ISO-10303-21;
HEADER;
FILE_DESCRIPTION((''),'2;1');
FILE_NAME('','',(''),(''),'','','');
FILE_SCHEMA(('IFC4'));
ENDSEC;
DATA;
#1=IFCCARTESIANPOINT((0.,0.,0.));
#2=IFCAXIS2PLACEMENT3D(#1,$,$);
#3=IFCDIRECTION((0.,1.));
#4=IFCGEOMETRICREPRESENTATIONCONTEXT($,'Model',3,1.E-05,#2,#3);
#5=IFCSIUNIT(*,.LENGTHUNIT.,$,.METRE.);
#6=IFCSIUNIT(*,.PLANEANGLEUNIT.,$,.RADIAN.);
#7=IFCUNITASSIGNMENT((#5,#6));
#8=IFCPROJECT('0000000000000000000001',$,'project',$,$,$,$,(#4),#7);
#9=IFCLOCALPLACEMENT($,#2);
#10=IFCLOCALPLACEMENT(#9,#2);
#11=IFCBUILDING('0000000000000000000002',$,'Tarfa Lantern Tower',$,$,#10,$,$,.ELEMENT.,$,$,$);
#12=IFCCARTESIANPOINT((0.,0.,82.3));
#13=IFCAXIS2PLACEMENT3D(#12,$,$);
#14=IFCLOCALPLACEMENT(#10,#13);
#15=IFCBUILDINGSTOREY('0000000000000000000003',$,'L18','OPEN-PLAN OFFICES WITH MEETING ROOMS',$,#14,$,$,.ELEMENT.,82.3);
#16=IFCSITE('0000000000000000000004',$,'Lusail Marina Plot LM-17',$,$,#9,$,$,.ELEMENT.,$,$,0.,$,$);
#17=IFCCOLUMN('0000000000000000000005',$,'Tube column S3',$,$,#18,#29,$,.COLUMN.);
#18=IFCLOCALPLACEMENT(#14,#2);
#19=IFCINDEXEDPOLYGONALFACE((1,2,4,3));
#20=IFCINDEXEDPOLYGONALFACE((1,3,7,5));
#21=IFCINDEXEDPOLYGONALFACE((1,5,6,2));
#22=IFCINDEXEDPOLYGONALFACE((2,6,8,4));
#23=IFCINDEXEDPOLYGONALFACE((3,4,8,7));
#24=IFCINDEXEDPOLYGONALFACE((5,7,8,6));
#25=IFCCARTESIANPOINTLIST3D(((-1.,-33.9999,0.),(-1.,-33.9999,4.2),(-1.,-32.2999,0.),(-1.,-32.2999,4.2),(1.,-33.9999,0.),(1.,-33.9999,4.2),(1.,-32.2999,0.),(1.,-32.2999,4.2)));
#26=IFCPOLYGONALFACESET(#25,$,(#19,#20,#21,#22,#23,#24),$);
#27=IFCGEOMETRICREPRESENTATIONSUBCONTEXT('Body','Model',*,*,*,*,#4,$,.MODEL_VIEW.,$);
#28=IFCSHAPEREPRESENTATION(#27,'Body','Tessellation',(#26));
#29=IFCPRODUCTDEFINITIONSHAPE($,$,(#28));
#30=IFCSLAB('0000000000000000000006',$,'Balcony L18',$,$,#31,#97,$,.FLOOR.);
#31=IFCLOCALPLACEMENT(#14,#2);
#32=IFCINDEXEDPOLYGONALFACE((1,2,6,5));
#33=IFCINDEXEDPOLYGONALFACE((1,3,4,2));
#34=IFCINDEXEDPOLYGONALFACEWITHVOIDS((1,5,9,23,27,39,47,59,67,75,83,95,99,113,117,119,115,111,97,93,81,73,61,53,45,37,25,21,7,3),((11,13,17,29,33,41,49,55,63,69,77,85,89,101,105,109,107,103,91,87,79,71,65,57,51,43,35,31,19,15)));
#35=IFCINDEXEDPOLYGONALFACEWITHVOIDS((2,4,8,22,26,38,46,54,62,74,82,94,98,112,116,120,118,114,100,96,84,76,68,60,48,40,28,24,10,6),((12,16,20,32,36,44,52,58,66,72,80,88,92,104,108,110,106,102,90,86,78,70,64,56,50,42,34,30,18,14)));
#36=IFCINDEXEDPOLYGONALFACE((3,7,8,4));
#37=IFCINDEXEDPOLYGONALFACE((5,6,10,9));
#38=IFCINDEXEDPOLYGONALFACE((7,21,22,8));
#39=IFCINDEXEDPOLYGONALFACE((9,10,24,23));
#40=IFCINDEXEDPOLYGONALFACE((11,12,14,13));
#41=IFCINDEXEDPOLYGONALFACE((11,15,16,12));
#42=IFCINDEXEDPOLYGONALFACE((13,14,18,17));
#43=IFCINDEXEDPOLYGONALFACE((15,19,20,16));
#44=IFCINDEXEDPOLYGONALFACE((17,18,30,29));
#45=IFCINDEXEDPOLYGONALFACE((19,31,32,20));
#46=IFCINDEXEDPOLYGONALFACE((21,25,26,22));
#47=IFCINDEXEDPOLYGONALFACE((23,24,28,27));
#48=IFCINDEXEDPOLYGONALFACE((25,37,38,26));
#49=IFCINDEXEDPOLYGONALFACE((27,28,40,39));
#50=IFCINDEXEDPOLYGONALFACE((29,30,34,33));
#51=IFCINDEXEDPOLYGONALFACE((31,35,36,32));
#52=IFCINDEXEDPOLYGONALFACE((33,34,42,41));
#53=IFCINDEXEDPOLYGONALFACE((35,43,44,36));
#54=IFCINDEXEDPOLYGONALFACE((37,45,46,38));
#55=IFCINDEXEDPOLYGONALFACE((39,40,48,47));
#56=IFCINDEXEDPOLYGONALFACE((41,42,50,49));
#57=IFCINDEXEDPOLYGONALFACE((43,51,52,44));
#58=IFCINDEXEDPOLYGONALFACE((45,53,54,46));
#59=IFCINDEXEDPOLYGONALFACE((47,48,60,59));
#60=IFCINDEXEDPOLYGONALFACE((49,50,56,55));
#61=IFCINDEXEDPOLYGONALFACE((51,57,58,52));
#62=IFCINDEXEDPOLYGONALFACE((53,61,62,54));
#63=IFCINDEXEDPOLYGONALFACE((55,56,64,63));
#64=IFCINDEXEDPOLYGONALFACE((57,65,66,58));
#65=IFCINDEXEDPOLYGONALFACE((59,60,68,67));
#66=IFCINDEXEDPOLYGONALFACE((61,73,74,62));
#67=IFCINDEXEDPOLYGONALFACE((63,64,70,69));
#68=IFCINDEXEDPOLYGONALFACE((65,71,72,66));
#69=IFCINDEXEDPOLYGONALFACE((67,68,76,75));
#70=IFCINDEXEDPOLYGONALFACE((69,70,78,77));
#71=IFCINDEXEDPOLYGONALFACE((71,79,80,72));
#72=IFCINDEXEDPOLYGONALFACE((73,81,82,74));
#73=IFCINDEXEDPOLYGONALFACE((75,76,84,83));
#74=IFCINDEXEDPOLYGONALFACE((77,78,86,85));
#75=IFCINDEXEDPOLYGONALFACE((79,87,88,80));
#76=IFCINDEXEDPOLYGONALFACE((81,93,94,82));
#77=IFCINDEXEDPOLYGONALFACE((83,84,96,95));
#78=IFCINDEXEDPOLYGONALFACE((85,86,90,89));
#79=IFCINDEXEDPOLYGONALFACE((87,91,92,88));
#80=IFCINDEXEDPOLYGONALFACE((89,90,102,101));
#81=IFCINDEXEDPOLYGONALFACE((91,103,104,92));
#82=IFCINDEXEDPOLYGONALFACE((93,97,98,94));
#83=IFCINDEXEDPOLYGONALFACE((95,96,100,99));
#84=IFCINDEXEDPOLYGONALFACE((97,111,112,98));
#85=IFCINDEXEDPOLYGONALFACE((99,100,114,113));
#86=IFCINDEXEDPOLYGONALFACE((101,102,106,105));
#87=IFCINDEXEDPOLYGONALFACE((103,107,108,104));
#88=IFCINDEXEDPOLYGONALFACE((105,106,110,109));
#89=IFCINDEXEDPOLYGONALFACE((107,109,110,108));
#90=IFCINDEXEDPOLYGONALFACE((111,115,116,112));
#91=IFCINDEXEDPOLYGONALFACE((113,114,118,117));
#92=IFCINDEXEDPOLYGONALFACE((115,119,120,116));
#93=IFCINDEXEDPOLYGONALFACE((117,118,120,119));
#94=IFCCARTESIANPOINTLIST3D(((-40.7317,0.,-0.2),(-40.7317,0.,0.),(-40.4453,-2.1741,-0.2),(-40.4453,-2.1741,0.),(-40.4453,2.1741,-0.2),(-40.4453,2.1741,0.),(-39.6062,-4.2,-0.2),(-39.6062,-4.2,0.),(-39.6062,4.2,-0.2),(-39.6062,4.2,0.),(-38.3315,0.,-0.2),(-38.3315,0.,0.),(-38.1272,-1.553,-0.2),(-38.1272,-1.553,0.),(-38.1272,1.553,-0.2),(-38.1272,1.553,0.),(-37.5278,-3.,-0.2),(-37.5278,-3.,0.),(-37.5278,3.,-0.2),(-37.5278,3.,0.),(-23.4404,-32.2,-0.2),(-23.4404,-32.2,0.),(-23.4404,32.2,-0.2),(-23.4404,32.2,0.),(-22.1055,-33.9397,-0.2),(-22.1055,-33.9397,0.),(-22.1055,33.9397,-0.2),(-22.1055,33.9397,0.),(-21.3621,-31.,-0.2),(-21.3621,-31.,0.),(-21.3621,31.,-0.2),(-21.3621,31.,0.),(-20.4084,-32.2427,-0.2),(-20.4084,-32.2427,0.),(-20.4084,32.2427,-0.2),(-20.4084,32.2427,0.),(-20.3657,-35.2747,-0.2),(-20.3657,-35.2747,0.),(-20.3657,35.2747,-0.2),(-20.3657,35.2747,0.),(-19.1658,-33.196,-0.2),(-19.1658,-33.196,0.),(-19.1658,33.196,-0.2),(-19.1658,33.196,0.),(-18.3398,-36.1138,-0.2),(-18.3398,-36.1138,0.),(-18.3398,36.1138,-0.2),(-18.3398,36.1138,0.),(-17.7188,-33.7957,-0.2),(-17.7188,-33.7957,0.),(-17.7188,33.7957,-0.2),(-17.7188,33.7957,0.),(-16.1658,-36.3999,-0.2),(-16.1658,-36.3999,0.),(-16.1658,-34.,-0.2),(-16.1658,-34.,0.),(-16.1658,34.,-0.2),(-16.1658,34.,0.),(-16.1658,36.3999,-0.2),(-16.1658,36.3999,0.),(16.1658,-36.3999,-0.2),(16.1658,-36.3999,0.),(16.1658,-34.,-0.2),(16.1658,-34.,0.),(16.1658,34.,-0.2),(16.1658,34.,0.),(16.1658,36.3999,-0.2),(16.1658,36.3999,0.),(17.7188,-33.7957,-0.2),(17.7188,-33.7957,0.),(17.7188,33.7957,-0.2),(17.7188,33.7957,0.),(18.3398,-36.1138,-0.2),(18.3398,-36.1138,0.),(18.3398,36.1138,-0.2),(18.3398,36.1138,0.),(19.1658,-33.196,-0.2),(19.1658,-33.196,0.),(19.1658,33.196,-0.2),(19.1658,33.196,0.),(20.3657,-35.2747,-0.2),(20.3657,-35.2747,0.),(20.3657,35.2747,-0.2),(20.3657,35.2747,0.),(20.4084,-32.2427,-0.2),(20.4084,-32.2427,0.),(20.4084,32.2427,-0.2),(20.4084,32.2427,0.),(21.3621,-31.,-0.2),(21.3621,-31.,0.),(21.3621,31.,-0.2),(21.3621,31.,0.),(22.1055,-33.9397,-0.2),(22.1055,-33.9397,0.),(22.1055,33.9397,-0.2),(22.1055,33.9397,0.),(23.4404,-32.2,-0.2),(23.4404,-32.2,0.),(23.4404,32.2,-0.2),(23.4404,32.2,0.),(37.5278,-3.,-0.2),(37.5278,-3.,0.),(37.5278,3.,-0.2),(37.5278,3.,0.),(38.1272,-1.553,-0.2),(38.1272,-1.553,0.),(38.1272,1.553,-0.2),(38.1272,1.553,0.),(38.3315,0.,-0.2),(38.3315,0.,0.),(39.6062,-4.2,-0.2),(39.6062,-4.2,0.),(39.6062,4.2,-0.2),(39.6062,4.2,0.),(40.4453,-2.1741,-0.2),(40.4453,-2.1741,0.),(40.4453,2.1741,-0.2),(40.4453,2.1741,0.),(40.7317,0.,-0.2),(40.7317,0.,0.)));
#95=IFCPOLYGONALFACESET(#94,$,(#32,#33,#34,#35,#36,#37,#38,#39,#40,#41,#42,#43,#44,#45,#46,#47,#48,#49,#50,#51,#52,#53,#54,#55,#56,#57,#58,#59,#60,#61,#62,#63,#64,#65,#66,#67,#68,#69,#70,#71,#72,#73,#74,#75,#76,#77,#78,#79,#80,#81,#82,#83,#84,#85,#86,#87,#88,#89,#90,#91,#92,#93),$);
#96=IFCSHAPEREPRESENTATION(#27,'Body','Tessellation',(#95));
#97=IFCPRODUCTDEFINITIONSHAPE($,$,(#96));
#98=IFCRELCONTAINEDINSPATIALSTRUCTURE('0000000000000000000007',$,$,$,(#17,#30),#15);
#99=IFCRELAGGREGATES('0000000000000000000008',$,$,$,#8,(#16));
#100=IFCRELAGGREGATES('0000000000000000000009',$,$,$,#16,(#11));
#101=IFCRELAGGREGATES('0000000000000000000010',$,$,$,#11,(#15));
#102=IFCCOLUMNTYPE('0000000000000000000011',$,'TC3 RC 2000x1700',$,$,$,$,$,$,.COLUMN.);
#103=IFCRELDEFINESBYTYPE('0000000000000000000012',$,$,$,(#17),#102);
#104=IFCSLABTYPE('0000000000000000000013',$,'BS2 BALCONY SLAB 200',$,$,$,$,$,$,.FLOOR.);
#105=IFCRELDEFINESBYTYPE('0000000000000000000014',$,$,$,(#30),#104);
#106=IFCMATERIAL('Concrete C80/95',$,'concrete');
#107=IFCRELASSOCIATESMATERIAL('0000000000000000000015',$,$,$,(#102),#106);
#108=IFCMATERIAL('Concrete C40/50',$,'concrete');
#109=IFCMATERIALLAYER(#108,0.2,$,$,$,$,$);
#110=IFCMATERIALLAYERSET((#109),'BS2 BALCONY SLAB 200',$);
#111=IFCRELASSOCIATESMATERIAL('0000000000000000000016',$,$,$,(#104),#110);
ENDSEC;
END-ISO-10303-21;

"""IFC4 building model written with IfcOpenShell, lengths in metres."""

from ifc_helpers import new_model, si_unit, direction, frame, origin, origin_2d, place, context, subcontext, project, spatial, polyline, rectangle, outline, extrude, material, layer, layer_set, material_profile, profile_set, type_object, element, save


model = new_model("IFC4")

# Units and contexts
model_context = context("Model", 3, precision=1e-05, world=origin(), true_north=direction((0.0, 1.0)))
body_context = subcontext(model_context, "Body", "Model", "MODEL_VIEW")
ifc_project = project(units=[si_unit("LENGTHUNIT", "METRE"), si_unit("PLANEANGLEUNIT", "RADIAN")], contexts=[model_context])

# Site, building, storey
site_placement = place(None, origin())
site = spatial("IfcSite", under=ifc_project, at=site_placement, Name="Lusail Marina Plot LM-17", CompositionType="ELEMENT", RefElevation=0.0)
building_placement = place(site_placement, origin())
building = spatial("IfcBuilding", under=site, at=building_placement, Name="Tarfa Lantern Tower", CompositionType="ELEMENT")
storey_placement = place(building_placement, frame((0.0, 0.0, 82.3)))
storey = spatial("IfcBuildingStorey", under=building, at=storey_placement, Name="L18", Description="OPEN-PLAN OFFICES WITH MEETING ROOMS", CompositionType="ELEMENT", Elevation=82.3)

# Column
ifc_material_1 = material(Name="Concrete C80/95", Category="concrete")
ifc_material_profile = material_profile(ifc_material_1, rectangle(XDim=2.0, YDim=1.7, at=origin_2d()), Name="RC 2000x1700")
ifc_profile_set = profile_set([ifc_material_profile], Name="Concrete C80/95")
column_type = type_object("IfcColumnType", Name="TC3 RC 2000x1700", PredefinedType="COLUMN", material=ifc_profile_set)
column_placement = place(storey_placement, frame((0.0, -33.1499, 0.0), z_axis=(0.0, 0.0, 1.0), x_axis=(1.0, 0.0, 0.0)))
element("IfcColumn", 1, at=column_placement, inside=storey, type_object=column_type, Name="Tube column S3", PredefinedType="COLUMN", context=body_context, shape_type="SweptSolid", body=[
    extrude(rectangle(XDim=2.0, YDim=1.7, at=origin_2d()), origin(), (0.0, 0.0, 1.0), 4.2),
])

# Slab
ifc_material_2 = material(Name="Concrete C40/50", Category="concrete")
ifc_layer_1 = layer(ifc_material_2, 0.2)
ifc_layer_set_1 = layer_set([ifc_layer_1], Name="BS2 BALCONY SLAB 200")
slab_type_1 = type_object("IfcSlabType", Name="BS2 BALCONY SLAB 200", PredefinedType="FLOOR", material=ifc_layer_set_1)
slab_1_placement = place(storey_placement, frame((0.0, 0.0, -0.2)))
element("IfcSlab", 2, at=slab_1_placement, inside=storey, type_object=slab_type_1, Name="Balcony L18", PredefinedType="FLOOR", context=body_context, shape_type="SweptSolid", body=[
    extrude(outline(polyline([(39.6062, 4.2), (23.4404, 32.2), (22.1055, 33.9397), (20.3657, 35.2747), (18.3398, 36.1138), (16.1658, 36.3999), (-16.1658, 36.3999), (-18.3398, 36.1138), (-20.3657, 35.2747), (-22.1055, 33.9397), (-23.4404, 32.2), (-39.6062, 4.2), (-40.4453, 2.1741), (-40.7317, 0.0), (-40.4453, -2.1741), (-39.6062, -4.2), (-23.4404, -32.2), (-22.1055, -33.9397), (-20.3657, -35.2747), (-18.3398, -36.1138), (-16.1658, -36.3999), (16.1658, -36.3999), (18.3398, -36.1138), (20.3657, -35.2747), (22.1055, -33.9397), (23.4404, -32.2), (39.6062, -4.2), (40.4453, -2.1741), (40.7317, 0.0), (40.4453, 2.1741), (39.6062, 4.2)]), holes=[polyline([(37.5278, 3.0), (21.3621, 31.0), (20.4084, 32.2427), (19.1658, 33.196), (17.7188, 33.7957), (16.1658, 34.0), (-16.1658, 34.0), (-17.7188, 33.7957), (-19.1658, 33.196), (-20.4084, 32.2427), (-21.3621, 31.0), (-37.5278, 3.0), (-38.1272, 1.553), (-38.3315, 0.0), (-38.1272, -1.553), (-37.5278, -3.0), (-21.3621, -31.0), (-20.4084, -32.2427), (-19.1658, -33.196), (-17.7188, -33.7957), (-16.1658, -34.0), (16.1658, -34.0), (17.7188, -33.7957), (19.1658, -33.196), (20.4084, -32.2427), (21.3621, -31.0), (37.5278, -3.0), (38.1272, -1.553), (38.3315, 0.0), (38.1272, 1.553), (37.5278, 3.0)])]), origin(), (0.0, 0.0, 1.0), 0.2),
])

save(model, "model.ifc")
